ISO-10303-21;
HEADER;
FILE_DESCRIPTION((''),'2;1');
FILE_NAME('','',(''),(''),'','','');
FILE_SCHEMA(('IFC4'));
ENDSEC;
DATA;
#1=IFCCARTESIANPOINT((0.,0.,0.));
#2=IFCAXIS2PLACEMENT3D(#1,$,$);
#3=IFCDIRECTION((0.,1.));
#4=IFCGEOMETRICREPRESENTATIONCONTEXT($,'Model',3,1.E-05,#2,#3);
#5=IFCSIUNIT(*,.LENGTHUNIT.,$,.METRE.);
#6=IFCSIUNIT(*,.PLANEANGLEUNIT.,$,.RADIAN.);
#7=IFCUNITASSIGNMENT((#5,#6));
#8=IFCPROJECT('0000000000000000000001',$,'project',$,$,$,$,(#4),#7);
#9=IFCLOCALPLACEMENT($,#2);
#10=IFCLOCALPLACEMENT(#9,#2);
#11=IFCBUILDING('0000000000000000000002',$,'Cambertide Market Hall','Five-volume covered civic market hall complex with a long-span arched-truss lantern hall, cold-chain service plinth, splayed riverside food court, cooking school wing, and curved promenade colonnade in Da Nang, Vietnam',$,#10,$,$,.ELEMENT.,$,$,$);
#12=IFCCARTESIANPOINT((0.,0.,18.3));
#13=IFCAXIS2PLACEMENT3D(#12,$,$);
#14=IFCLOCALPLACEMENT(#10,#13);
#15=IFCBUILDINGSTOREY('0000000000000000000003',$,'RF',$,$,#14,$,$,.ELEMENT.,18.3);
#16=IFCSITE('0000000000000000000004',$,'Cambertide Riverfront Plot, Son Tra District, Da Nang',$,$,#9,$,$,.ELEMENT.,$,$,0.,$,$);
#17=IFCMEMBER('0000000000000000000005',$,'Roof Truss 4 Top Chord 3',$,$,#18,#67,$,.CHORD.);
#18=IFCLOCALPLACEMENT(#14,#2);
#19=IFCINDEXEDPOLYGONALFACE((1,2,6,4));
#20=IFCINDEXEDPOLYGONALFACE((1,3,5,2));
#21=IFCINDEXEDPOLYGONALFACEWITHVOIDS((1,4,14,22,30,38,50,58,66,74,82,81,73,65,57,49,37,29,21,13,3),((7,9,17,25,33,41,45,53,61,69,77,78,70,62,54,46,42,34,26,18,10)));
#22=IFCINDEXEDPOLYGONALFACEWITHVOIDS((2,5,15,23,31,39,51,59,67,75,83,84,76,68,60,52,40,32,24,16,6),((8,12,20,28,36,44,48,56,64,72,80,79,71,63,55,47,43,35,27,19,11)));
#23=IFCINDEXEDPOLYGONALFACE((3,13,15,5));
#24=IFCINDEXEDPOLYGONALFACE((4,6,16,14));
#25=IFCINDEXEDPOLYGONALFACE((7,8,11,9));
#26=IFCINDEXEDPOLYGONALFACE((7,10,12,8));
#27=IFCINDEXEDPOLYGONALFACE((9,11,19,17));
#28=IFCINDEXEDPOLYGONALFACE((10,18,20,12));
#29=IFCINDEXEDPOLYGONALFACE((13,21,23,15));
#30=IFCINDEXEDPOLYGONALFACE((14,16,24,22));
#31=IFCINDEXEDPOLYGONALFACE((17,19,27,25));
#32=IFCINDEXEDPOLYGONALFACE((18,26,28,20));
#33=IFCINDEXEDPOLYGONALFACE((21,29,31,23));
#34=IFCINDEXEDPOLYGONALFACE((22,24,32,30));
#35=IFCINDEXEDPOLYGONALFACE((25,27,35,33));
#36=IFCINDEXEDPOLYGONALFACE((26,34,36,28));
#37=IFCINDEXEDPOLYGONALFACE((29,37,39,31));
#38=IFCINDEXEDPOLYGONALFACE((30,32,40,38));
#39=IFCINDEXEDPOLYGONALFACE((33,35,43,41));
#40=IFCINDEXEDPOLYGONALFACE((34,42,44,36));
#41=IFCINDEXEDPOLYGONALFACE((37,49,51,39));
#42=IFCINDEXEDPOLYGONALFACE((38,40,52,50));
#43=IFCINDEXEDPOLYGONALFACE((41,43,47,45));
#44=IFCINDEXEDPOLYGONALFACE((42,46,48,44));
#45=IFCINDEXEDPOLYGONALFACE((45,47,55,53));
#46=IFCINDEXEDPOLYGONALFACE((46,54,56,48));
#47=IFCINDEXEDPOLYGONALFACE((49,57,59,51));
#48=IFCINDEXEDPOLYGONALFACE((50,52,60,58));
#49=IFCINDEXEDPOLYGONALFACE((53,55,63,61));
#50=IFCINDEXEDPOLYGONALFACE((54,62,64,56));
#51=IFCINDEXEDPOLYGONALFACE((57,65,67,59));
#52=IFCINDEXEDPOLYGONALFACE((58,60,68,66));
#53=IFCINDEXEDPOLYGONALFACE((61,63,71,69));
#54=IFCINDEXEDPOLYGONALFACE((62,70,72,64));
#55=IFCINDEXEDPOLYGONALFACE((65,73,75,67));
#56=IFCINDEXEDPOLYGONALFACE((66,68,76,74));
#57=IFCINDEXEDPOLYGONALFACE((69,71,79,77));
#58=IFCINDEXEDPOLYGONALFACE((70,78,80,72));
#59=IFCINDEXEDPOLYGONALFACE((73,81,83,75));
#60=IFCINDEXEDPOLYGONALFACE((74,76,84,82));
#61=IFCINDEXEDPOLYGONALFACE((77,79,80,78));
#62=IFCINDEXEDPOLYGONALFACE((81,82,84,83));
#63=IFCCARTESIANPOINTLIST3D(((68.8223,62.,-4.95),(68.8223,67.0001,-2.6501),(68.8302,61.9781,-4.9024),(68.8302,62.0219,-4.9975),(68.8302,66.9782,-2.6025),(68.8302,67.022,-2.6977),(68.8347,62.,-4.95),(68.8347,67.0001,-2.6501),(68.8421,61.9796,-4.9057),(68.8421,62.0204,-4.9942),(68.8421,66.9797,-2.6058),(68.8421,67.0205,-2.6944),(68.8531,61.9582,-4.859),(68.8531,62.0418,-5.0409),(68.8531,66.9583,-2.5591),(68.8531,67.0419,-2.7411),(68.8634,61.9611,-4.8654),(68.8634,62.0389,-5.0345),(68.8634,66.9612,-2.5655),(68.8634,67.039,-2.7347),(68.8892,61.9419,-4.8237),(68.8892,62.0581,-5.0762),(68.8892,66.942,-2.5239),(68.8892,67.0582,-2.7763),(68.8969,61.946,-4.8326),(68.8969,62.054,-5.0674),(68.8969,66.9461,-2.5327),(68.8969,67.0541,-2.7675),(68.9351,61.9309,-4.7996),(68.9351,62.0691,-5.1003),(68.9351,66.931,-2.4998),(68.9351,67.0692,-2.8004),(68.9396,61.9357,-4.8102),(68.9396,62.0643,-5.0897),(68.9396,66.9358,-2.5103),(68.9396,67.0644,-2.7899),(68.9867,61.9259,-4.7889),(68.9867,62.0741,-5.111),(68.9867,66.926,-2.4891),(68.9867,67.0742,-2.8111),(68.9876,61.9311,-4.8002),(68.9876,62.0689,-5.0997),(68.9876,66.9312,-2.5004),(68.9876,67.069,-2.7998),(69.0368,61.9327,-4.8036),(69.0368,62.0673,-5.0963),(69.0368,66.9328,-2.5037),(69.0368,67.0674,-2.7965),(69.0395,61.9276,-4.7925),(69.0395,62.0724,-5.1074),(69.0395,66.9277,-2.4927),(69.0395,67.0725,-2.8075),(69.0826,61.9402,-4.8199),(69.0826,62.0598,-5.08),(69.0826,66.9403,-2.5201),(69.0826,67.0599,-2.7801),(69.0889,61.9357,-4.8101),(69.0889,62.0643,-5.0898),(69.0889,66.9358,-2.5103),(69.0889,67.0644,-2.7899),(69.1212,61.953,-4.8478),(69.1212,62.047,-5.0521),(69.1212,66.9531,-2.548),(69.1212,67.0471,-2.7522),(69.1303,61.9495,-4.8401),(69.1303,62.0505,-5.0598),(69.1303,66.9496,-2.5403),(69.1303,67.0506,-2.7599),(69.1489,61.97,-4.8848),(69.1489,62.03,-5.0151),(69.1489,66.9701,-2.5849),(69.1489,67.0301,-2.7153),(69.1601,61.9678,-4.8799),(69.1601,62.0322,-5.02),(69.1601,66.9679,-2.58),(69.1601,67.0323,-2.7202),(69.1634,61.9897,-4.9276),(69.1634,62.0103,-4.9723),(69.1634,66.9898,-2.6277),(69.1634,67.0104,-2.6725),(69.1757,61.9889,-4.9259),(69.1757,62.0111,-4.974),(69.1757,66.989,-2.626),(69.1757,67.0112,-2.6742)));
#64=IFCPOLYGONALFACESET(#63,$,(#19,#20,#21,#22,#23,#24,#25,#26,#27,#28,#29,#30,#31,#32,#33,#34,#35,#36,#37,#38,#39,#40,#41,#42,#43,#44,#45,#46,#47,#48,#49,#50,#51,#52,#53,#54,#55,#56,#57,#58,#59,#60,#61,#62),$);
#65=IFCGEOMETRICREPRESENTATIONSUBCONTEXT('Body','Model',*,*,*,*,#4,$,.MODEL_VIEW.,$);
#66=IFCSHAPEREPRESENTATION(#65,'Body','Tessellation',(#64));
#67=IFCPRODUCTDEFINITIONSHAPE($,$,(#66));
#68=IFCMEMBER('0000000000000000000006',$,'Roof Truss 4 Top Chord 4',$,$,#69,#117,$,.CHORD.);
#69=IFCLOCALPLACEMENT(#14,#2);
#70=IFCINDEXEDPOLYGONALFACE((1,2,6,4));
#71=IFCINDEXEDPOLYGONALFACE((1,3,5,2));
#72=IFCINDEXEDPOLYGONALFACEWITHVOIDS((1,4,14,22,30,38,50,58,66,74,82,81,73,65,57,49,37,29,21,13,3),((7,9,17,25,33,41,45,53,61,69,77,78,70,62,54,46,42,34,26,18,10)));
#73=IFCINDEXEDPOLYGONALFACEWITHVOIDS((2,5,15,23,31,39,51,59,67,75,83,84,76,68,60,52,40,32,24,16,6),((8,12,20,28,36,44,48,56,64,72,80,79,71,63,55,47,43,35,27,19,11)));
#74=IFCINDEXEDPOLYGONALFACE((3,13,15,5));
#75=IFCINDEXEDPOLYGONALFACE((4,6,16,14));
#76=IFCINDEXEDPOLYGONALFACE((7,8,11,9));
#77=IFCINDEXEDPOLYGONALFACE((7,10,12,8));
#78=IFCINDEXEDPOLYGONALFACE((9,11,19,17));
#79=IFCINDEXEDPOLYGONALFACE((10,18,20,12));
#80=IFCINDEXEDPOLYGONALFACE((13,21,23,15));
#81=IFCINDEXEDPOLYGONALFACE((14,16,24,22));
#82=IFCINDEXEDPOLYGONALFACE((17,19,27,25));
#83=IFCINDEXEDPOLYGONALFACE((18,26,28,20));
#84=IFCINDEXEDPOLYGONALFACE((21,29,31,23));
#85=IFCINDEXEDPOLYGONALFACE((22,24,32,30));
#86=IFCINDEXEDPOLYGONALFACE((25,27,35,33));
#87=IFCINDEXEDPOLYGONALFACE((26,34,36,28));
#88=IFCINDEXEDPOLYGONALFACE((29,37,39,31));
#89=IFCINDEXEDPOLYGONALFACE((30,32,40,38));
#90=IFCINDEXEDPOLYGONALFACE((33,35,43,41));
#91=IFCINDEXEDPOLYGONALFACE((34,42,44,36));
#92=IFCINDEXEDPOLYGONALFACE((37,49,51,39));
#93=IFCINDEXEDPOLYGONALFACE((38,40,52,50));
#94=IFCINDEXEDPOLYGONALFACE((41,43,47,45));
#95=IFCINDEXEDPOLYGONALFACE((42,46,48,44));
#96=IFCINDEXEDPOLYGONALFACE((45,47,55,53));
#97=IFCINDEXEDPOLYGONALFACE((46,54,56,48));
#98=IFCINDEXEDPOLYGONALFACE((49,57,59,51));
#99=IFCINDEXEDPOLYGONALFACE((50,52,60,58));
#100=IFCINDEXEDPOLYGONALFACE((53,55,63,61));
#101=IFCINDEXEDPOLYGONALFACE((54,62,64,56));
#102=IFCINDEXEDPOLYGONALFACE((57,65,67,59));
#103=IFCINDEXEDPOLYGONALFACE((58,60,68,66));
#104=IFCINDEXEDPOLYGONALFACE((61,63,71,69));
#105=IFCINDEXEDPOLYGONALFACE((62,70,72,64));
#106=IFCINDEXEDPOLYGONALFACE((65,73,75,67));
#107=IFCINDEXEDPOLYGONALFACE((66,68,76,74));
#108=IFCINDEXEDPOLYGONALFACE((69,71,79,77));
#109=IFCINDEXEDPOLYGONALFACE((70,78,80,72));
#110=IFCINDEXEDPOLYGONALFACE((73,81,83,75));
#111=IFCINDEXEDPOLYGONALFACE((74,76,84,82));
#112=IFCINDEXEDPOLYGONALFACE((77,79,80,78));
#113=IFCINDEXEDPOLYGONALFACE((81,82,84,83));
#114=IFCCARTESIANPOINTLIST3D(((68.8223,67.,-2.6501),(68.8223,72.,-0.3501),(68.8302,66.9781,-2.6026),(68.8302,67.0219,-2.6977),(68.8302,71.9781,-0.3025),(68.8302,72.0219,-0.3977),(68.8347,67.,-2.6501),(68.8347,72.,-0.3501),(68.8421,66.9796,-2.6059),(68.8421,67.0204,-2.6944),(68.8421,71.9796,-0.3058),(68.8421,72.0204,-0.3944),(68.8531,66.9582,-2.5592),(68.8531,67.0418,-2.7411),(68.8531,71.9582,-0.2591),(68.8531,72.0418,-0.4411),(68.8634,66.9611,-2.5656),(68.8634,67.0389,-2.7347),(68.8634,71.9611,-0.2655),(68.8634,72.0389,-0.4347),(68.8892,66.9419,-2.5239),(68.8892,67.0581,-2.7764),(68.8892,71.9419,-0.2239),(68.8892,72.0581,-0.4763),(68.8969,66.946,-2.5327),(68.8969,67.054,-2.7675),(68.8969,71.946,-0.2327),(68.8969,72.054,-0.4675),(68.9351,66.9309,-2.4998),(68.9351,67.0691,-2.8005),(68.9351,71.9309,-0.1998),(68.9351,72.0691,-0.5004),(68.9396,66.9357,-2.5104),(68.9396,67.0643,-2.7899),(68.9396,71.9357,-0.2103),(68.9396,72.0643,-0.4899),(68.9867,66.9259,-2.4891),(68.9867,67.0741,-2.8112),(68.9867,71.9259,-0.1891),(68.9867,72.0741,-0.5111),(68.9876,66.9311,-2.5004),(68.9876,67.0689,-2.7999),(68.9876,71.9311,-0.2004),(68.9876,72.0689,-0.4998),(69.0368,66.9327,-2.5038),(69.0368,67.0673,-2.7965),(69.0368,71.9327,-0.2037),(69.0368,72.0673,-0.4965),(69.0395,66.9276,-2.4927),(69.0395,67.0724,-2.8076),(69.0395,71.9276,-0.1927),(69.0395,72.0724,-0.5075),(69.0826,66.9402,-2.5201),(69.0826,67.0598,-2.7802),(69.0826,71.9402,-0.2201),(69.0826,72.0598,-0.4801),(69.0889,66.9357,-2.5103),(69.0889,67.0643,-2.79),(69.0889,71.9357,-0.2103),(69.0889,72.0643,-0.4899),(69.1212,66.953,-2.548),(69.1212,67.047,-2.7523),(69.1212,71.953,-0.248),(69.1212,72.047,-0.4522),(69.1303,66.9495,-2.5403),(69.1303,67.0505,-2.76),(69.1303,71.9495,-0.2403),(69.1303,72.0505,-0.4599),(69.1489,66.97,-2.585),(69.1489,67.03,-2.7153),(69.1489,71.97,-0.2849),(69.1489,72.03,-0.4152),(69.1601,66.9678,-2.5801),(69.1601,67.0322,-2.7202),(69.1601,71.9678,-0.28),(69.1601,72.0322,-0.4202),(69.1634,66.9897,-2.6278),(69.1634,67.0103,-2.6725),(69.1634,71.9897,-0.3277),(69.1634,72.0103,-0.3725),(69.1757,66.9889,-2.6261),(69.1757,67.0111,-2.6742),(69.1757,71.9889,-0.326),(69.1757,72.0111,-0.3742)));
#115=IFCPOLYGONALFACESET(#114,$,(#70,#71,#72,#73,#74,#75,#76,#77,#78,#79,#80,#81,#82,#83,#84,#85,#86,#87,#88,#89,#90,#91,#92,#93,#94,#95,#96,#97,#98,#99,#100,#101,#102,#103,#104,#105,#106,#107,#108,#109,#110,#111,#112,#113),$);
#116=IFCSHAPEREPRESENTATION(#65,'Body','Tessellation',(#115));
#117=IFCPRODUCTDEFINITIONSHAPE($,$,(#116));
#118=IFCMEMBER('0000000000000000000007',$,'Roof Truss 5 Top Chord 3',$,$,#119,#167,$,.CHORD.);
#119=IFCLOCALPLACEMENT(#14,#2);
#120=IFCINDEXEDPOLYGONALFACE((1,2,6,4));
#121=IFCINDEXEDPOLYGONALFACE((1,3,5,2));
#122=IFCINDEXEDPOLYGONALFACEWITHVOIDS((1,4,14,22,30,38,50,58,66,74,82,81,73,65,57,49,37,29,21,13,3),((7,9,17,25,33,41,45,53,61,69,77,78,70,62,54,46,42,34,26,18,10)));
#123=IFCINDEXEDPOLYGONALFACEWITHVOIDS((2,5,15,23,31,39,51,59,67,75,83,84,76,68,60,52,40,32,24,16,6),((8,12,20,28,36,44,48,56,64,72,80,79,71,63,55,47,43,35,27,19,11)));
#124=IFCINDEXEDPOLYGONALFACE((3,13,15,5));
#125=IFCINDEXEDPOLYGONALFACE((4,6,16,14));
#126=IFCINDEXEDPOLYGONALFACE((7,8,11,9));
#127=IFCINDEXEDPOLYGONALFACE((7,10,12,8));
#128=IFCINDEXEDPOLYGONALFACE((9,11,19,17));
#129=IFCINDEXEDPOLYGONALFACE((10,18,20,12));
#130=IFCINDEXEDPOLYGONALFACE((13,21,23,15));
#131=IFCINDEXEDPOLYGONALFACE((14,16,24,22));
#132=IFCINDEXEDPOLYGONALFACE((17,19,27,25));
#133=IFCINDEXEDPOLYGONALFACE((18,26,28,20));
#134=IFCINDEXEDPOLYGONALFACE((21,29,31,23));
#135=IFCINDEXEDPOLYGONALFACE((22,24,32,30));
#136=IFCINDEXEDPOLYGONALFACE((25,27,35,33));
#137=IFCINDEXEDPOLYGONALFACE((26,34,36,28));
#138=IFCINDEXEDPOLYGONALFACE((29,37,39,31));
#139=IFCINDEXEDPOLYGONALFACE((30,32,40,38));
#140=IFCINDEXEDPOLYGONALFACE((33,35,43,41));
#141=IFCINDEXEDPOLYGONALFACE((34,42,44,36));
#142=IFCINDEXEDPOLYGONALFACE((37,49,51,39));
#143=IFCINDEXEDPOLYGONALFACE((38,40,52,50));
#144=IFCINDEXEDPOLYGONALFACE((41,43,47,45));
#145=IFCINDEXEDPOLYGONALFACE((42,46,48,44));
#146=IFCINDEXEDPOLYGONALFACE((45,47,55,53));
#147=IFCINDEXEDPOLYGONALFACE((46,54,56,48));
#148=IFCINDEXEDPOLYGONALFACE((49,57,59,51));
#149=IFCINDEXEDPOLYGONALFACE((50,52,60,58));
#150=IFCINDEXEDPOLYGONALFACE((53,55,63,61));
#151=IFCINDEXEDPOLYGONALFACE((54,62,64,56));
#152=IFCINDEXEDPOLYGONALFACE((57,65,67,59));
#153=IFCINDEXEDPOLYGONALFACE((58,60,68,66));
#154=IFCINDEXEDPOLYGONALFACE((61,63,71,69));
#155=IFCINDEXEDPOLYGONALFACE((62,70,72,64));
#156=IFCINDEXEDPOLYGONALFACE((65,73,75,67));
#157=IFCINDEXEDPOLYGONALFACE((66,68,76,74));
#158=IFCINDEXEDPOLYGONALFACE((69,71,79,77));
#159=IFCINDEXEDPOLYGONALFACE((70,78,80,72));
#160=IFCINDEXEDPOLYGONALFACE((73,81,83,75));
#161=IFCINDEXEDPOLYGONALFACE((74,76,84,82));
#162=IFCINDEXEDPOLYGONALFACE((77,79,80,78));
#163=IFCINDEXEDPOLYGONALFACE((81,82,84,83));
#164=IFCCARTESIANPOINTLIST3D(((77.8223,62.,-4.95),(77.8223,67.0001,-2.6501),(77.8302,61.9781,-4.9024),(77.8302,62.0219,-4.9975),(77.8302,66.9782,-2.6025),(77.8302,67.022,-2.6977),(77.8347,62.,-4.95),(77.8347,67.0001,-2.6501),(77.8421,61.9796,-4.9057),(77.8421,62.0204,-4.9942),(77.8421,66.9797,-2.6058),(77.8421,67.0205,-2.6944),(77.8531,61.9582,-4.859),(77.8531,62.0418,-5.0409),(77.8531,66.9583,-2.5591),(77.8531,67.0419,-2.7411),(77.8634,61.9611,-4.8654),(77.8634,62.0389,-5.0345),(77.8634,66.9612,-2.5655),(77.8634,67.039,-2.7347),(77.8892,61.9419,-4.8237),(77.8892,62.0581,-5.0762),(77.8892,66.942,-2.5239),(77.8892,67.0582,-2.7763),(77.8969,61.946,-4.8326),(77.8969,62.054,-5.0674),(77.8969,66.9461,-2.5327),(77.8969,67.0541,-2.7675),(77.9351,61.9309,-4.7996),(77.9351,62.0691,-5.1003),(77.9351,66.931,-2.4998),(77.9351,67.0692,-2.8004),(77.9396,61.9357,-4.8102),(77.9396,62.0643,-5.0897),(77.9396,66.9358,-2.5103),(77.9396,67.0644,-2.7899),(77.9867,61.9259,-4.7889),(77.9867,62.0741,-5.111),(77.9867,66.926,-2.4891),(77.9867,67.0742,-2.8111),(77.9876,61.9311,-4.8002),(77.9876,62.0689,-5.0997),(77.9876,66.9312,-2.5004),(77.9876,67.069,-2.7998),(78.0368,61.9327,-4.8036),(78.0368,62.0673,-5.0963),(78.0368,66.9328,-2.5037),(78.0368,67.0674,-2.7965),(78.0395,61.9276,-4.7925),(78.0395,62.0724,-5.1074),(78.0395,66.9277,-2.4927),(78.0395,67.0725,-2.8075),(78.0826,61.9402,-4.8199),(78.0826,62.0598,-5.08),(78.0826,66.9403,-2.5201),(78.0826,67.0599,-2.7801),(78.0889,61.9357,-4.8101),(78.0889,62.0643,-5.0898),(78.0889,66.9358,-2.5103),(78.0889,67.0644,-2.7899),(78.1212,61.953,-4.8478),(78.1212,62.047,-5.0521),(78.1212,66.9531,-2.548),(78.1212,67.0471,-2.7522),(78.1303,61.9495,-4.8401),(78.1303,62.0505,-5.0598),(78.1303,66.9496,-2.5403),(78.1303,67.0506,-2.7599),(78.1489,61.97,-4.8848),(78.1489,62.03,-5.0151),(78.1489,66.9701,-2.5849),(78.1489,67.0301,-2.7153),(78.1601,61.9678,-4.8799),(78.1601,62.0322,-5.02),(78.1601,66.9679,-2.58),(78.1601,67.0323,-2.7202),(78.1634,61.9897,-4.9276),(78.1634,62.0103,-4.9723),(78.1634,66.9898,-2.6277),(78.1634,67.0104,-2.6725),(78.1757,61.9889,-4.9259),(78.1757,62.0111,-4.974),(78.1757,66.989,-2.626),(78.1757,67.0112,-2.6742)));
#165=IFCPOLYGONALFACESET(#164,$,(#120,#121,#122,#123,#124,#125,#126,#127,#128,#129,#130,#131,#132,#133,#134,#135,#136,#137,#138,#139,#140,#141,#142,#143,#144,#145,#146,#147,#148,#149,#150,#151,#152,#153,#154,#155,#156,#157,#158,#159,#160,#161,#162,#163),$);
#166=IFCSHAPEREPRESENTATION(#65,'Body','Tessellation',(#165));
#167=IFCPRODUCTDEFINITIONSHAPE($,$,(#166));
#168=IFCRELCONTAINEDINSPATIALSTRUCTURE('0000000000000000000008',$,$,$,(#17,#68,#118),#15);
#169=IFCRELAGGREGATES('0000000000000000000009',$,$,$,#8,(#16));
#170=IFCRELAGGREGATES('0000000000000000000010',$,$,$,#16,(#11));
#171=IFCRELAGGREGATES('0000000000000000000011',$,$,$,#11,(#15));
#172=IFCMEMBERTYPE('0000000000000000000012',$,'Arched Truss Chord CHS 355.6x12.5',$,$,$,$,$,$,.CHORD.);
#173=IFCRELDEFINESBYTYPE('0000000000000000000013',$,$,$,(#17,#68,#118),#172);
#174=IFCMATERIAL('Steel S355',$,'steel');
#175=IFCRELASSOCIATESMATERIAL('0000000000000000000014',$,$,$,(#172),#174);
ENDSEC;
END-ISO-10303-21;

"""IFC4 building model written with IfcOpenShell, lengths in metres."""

from ifc_helpers import new_model, si_unit, direction, frame, origin, origin_2d, place, context, subcontext, project, spatial, hollow_circle, extrude, material, material_profile, profile_set, type_object, element, save


model = new_model("IFC4")

# Units and contexts
model_context = context("Model", 3, precision=1e-05, world=origin(), true_north=direction((0.0, 1.0)))
body_context = subcontext(model_context, "Body", "Model", "MODEL_VIEW")
ifc_project = project(units=[si_unit("LENGTHUNIT", "METRE"), si_unit("PLANEANGLEUNIT", "RADIAN")], contexts=[model_context])

# Site, building, storey
site_placement = place(None, origin())
site = spatial("IfcSite", under=ifc_project, at=site_placement, Name="Cambertide Riverfront Plot, Son Tra District, Da Nang", CompositionType="ELEMENT", RefElevation=0.0)
building_placement = place(site_placement, origin())
building = spatial("IfcBuilding", under=site, at=building_placement, Name="Cambertide Market Hall", Description="Five-volume covered civic market hall complex with a long-span arched-truss lantern hall, cold-chain service plinth, splayed riverside food court, cooking school wing, and curved promenade colonnade in Da Nang, Vietnam", CompositionType="ELEMENT")
storey_placement = place(building_placement, frame((0.0, 0.0, 18.3)))
storey = spatial("IfcBuildingStorey", under=building, at=storey_placement, Name="RF", CompositionType="ELEMENT", Elevation=18.3)

# Members
ifc_material_1 = material(Name="Steel S355", Category="steel")
ifc_material_profile_1 = material_profile(ifc_material_1, hollow_circle(Radius=0.1777, WallThickness=0.0125, at=origin_2d()), Name="CHS 355.6x12.5")
ifc_profile_set_1 = profile_set([ifc_material_profile_1], Name="Steel S355")
member_type_1 = type_object("IfcMemberType", Name="Arched Truss Chord CHS 355.6x12.5", PredefinedType="CHORD", material=ifc_profile_set_1)
for number, where, z_axis, x_axis, name in (
    (1, (69.0, 62.0, -4.95), (0.0, 0.908504, 0.417876), (-1.0, 0.0, 0.0), "Roof Truss 4 Top Chord 3"),
    (2, (69.0, 67.0, -2.6501), (0.0, 0.908487, 0.417913), (-1.0, 0.0, 0.0), "Roof Truss 4 Top Chord 4"),
    (3, (78.0, 62.0, -4.95), (0.0, 0.908504, 0.417876), (-1.0, 0.0, 0.0), "Roof Truss 5 Top Chord 3"),
):
    element("IfcMember", number, at=place(storey_placement, frame(where, z_axis=z_axis, x_axis=x_axis)), inside=storey, type_object=member_type_1, Name=name, PredefinedType="CHORD", context=body_context, shape_type="SweptSolid", body=[
        extrude(hollow_circle(Radius=0.1777, WallThickness=0.0125, at=origin_2d()), origin(), (0.0, 0.0, 1.0), 5.5037),
    ])

save(model, "model.ifc")
